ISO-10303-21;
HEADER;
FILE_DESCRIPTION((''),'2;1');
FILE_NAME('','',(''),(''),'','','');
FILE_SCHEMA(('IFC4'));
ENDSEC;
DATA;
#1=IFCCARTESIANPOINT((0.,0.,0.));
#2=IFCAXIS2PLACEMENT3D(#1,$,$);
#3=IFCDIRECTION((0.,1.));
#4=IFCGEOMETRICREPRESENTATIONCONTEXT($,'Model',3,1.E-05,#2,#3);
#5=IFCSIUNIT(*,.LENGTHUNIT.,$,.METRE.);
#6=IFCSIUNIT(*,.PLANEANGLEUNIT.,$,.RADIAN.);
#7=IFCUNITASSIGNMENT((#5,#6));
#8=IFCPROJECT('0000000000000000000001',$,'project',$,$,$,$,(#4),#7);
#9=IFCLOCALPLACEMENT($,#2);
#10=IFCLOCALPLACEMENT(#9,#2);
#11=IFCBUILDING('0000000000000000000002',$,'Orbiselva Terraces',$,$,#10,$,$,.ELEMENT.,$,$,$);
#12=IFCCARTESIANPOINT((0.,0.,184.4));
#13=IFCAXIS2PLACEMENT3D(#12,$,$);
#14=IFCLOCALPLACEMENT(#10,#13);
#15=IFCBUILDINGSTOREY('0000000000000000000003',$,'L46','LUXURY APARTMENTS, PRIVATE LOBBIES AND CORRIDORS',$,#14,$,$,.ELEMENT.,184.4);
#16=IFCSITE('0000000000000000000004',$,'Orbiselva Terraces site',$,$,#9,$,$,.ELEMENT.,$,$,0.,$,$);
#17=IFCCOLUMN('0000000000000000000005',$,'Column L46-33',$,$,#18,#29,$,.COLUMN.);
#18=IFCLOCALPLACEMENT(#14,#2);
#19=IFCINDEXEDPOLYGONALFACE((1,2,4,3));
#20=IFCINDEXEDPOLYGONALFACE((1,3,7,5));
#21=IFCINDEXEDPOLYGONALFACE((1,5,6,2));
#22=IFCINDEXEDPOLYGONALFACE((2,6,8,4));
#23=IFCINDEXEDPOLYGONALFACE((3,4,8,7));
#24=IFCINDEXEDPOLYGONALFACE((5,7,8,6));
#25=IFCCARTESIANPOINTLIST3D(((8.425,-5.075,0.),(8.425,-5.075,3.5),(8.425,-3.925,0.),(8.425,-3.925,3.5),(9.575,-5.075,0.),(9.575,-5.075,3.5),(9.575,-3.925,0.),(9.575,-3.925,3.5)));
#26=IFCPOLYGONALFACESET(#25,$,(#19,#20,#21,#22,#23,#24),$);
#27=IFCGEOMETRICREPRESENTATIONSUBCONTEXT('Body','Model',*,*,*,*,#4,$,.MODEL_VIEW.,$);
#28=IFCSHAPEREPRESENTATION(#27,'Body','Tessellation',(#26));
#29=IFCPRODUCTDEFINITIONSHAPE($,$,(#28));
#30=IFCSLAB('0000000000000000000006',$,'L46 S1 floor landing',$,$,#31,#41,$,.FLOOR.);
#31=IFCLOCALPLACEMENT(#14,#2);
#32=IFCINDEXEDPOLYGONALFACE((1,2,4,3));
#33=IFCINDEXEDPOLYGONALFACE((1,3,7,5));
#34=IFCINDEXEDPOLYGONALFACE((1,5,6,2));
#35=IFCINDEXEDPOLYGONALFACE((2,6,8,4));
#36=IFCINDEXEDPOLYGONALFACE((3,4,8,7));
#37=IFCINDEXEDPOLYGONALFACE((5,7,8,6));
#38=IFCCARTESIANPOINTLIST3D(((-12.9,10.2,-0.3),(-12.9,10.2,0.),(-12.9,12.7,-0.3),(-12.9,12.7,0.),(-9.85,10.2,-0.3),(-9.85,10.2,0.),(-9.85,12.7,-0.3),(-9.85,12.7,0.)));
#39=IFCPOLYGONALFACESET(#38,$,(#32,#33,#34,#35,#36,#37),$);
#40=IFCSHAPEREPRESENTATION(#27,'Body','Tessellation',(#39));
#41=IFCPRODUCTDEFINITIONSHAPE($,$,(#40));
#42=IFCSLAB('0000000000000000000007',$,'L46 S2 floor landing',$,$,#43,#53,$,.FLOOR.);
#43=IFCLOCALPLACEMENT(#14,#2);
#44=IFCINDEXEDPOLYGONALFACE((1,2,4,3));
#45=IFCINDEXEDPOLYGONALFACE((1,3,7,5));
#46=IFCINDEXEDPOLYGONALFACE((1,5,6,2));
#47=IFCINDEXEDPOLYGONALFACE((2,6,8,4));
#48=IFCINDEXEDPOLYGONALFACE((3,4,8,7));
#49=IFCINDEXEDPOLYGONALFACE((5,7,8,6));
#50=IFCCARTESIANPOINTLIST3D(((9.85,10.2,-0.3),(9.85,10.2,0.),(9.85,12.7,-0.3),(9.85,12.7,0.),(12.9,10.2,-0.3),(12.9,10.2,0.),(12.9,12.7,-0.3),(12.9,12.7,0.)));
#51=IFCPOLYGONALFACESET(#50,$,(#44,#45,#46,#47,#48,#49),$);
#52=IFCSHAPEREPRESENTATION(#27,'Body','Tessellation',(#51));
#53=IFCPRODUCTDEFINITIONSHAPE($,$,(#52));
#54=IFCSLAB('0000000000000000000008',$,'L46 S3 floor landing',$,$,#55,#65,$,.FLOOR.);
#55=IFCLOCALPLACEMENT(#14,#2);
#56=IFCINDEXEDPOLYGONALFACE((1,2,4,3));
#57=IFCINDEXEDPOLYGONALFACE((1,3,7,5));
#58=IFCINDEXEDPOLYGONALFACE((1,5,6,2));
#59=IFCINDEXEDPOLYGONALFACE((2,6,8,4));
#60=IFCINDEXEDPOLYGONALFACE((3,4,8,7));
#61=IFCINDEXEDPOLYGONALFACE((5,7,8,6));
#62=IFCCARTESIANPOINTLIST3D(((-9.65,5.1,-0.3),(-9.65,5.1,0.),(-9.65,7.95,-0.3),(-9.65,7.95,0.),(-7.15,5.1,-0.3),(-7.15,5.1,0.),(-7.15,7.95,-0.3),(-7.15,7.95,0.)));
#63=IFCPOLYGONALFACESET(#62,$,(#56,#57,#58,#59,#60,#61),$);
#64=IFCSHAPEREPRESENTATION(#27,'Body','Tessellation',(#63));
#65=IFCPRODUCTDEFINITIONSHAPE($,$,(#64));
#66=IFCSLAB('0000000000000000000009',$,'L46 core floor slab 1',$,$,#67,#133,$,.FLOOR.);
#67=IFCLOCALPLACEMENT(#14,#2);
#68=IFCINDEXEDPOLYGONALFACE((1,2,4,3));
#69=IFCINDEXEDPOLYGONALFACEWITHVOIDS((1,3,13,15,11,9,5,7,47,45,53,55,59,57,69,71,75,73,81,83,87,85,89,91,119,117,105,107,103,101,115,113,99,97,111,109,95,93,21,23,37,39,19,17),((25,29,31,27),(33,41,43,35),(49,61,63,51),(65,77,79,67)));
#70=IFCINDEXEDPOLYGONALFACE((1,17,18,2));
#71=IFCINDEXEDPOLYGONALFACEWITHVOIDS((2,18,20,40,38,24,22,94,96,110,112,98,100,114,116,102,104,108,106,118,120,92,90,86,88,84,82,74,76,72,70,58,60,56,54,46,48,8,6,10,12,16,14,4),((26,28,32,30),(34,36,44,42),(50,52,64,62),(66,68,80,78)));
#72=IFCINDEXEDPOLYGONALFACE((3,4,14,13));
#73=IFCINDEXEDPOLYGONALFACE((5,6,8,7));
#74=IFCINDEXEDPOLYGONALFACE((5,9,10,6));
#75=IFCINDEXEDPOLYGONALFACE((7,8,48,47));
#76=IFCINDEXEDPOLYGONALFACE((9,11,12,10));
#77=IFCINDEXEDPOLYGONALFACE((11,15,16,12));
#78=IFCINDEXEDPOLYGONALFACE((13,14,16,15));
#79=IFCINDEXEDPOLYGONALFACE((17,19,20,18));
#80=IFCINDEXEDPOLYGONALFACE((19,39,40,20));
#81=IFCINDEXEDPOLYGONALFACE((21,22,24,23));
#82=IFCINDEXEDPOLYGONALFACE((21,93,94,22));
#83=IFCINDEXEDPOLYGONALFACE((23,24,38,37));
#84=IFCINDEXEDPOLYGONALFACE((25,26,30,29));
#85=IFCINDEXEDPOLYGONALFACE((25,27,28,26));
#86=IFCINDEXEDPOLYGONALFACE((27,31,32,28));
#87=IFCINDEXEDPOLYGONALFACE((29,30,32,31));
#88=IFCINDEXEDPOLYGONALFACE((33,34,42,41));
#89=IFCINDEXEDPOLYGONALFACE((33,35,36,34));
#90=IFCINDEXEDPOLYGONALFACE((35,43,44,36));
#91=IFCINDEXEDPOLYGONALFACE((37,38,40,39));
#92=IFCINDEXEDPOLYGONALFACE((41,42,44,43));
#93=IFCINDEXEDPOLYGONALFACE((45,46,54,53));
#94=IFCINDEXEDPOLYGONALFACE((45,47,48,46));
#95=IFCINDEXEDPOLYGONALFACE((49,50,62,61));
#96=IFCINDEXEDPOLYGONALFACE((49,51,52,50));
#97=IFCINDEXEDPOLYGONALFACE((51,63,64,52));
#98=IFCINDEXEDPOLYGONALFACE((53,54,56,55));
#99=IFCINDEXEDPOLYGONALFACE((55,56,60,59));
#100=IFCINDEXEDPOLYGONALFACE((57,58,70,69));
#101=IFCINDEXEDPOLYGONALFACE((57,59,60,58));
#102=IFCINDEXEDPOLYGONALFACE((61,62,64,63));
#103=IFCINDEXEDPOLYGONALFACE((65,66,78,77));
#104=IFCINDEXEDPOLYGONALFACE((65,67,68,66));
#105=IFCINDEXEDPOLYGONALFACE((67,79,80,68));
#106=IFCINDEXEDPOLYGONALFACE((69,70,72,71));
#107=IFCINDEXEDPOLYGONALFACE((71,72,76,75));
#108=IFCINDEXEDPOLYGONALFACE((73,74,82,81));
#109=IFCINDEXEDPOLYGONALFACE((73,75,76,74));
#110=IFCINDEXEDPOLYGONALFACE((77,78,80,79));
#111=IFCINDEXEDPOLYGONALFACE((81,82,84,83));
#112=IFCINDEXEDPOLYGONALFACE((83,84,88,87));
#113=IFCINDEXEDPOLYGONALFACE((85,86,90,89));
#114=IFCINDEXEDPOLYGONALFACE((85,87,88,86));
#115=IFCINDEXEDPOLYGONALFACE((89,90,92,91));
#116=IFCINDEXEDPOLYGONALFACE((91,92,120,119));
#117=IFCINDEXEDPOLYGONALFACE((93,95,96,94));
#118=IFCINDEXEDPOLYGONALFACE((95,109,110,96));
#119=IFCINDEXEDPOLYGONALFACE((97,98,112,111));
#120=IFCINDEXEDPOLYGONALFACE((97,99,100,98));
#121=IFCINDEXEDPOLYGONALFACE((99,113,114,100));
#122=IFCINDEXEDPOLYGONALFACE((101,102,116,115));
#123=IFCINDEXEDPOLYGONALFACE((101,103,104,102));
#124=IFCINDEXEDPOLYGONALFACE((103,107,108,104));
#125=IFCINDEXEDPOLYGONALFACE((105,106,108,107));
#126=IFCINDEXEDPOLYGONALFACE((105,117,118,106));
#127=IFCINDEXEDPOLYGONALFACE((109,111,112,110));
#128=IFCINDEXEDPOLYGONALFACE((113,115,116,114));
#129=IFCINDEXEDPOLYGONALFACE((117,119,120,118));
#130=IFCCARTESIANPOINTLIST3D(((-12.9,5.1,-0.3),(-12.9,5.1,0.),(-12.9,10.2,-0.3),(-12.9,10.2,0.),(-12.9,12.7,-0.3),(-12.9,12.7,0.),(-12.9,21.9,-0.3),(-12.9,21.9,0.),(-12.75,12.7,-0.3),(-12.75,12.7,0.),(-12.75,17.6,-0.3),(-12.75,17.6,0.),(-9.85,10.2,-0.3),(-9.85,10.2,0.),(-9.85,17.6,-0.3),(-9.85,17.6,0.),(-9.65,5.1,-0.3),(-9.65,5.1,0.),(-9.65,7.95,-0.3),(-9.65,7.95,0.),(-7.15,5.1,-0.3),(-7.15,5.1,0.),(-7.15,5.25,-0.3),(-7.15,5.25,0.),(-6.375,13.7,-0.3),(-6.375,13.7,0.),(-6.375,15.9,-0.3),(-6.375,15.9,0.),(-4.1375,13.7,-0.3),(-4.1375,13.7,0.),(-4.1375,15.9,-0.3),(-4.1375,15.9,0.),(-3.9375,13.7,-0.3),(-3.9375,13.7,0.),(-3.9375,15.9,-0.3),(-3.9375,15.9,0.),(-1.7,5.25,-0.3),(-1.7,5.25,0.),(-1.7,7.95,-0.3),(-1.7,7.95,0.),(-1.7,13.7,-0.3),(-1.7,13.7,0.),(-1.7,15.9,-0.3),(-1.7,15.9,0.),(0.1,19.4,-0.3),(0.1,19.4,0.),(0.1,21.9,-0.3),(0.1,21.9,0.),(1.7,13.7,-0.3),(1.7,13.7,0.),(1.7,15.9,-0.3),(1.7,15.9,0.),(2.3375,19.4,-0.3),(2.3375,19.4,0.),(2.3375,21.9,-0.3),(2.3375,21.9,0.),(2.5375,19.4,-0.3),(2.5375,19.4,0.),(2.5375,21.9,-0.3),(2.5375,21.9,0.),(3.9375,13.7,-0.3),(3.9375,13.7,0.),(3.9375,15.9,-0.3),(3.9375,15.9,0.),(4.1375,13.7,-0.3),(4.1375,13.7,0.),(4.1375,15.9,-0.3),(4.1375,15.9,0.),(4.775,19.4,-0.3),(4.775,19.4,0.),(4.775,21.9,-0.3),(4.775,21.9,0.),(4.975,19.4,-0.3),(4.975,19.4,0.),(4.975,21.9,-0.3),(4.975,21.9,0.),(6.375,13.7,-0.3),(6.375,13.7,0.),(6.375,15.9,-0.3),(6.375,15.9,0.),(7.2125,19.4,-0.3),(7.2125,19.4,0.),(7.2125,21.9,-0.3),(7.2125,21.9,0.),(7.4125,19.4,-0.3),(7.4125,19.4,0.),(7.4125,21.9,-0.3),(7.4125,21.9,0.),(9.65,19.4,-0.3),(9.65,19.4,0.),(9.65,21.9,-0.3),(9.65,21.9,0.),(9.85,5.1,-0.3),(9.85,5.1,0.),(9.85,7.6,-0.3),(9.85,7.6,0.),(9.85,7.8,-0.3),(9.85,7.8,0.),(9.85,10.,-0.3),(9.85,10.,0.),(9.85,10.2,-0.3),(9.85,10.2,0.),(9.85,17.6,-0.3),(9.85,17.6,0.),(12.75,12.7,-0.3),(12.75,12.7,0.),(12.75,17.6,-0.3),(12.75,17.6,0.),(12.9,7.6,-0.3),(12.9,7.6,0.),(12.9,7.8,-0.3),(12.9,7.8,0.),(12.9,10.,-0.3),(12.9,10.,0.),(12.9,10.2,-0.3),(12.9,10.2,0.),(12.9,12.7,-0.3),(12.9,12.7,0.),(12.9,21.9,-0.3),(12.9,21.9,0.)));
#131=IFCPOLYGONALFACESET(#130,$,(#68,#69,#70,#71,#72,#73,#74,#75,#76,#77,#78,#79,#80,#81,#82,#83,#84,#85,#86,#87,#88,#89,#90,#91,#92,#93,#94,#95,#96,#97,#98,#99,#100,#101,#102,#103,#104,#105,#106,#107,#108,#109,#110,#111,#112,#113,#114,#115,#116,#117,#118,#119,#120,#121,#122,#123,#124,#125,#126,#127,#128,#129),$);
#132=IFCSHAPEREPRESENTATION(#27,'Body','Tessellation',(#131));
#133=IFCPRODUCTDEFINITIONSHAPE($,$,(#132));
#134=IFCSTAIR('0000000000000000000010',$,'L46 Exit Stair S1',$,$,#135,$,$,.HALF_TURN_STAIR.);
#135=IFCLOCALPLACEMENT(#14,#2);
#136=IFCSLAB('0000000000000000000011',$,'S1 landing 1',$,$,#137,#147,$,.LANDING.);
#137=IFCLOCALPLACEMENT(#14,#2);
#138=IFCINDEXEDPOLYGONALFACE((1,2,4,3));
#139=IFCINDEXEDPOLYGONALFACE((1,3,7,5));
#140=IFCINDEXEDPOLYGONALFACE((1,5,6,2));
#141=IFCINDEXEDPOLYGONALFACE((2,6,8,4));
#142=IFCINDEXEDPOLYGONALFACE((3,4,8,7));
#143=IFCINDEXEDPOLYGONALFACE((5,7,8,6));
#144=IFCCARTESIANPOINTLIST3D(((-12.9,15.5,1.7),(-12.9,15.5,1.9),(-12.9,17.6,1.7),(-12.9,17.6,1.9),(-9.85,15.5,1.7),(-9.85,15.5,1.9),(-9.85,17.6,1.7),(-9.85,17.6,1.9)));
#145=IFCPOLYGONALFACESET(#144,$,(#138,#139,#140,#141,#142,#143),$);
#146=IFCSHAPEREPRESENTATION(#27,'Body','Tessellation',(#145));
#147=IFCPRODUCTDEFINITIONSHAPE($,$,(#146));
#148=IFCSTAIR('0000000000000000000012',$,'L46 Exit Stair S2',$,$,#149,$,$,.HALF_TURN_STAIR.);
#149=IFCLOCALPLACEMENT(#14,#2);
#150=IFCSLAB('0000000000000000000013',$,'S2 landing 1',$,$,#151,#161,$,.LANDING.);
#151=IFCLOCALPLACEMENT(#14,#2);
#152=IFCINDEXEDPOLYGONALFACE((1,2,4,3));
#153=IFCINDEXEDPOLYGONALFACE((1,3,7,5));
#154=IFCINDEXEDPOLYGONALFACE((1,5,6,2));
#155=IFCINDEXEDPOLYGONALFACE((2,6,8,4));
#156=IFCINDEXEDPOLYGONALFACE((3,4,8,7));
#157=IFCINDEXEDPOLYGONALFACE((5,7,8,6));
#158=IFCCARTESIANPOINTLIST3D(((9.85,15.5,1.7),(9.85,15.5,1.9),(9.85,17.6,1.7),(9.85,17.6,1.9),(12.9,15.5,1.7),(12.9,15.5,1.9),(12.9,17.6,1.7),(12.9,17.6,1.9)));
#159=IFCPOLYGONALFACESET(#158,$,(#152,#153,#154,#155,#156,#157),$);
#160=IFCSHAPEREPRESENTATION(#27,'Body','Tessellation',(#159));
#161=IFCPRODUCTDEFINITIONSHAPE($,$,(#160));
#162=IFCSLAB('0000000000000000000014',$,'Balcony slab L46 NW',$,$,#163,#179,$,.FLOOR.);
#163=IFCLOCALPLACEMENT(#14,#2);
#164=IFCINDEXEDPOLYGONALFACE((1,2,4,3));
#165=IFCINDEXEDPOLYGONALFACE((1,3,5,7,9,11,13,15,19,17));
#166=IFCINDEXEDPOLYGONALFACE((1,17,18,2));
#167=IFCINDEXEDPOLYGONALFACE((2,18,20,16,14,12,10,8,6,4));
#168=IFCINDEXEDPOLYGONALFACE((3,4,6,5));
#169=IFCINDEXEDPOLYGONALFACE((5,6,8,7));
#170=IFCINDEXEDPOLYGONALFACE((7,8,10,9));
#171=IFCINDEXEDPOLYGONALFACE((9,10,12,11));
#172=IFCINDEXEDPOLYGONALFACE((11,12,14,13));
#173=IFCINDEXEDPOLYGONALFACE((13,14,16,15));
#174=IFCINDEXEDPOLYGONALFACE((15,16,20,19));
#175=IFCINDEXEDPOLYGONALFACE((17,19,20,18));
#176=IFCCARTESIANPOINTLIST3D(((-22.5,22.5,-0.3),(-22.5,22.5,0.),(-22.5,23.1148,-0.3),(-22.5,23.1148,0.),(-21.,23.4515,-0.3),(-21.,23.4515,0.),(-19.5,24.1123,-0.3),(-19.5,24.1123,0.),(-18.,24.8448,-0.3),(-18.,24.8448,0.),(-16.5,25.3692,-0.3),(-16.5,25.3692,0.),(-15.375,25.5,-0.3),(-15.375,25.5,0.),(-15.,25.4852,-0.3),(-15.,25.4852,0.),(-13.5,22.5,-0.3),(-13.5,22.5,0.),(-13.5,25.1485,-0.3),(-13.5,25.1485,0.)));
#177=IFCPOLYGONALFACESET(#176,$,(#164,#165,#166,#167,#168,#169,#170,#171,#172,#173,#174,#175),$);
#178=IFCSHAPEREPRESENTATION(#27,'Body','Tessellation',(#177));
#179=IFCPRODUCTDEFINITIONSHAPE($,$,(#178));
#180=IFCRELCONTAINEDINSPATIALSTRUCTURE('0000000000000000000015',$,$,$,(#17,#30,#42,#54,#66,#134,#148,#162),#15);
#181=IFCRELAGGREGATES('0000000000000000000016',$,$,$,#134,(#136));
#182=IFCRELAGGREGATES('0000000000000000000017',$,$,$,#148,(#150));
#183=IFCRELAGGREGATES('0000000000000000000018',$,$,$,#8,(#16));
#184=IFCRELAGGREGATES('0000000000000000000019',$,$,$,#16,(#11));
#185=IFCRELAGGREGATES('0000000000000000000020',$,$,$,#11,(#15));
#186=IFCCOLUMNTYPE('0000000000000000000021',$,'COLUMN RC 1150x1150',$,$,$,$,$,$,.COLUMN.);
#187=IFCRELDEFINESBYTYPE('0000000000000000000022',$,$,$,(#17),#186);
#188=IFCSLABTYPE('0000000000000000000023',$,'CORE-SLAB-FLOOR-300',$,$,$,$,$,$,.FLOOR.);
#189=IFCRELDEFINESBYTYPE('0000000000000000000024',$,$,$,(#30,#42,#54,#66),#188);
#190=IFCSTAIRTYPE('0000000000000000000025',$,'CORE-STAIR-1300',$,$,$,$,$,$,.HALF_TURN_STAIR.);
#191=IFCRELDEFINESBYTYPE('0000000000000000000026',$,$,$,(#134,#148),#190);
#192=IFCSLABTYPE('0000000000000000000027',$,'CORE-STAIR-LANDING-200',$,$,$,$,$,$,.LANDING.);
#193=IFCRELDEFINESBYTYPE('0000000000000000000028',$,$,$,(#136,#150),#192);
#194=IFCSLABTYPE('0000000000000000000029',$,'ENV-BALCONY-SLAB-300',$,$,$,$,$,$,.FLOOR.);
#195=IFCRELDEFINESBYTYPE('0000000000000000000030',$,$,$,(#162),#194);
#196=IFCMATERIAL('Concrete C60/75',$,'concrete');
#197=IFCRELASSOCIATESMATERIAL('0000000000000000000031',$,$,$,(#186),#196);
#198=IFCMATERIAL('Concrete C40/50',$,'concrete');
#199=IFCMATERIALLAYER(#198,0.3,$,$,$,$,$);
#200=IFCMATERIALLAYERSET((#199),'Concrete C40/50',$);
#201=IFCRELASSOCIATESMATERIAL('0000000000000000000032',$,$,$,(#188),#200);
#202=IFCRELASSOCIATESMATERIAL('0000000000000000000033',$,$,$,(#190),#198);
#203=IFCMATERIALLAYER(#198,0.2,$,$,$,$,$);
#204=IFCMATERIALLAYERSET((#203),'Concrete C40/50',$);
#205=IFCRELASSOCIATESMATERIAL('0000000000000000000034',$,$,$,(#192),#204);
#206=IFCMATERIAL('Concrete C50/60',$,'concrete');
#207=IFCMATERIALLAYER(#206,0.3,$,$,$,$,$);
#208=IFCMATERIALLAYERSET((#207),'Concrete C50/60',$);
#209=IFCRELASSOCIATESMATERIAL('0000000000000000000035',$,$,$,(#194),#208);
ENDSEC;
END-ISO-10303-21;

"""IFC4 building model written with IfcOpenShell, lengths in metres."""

from ifc_helpers import new_model, si_unit, direction, frame, origin, origin_2d, place, context, subcontext, project, spatial, polyline, rectangle, outline, extrude, material, layer, layer_set, material_profile, profile_set, type_object, element, aggregate, save


model = new_model("IFC4")

# Units and contexts
model_context = context("Model", 3, precision=1e-05, world=origin(), true_north=direction((0.0, 1.0)))
body_context = subcontext(model_context, "Body", "Model", "MODEL_VIEW")
ifc_project = project(units=[si_unit("LENGTHUNIT", "METRE"), si_unit("PLANEANGLEUNIT", "RADIAN")], contexts=[model_context])

# Site, building, storey
site_placement = place(None, origin())
site = spatial("IfcSite", under=ifc_project, at=site_placement, Name="Orbiselva Terraces site", CompositionType="ELEMENT", RefElevation=0.0)
building_placement = place(site_placement, origin())
building = spatial("IfcBuilding", under=site, at=building_placement, Name="Orbiselva Terraces", CompositionType="ELEMENT")
storey_placement = place(building_placement, frame((0.0, 0.0, 184.4)))
storey = spatial("IfcBuildingStorey", under=building, at=storey_placement, Name="L46", Description="LUXURY APARTMENTS, PRIVATE LOBBIES AND CORRIDORS", CompositionType="ELEMENT", Elevation=184.4)

# Column
ifc_material_1 = material(Name="Concrete C60/75", Category="concrete")
ifc_material_profile = material_profile(ifc_material_1, rectangle(XDim=1.15, YDim=1.15, at=origin_2d()), Name="RC 1150x1150")
ifc_profile_set = profile_set([ifc_material_profile], Name="Concrete C60/75")
column_type = type_object("IfcColumnType", Name="COLUMN RC 1150x1150", PredefinedType="COLUMN", material=ifc_profile_set)
column_placement = place(storey_placement, frame((9.0, -4.5, 0.0), z_axis=(0.0, 0.0, 1.0), x_axis=(1.0, 0.0, 0.0)))
element("IfcColumn", 1, at=column_placement, inside=storey, type_object=column_type, Name="Column L46-33", PredefinedType="COLUMN", context=body_context, shape_type="SweptSolid", body=[
    extrude(rectangle(XDim=1.15, YDim=1.15, at=origin_2d()), origin(), (0.0, 0.0, 1.0), 3.5),
])

# Slabs
ifc_material_2 = material(Name="Concrete C40/50", Category="concrete")
ifc_layer_1 = layer(ifc_material_2, 0.3)
ifc_layer_set_1 = layer_set([ifc_layer_1], Name="Concrete C40/50")
slab_type_1 = type_object("IfcSlabType", Name="CORE-SLAB-FLOOR-300", PredefinedType="FLOOR", material=ifc_layer_set_1)
slab_1_placement = place(storey_placement, frame((0.0, 0.0, -0.3)))
element("IfcSlab", 2, at=slab_1_placement, inside=storey, type_object=slab_type_1, Name="L46 S1 floor landing", PredefinedType="FLOOR", context=body_context, shape_type="SweptSolid", body=[
    extrude(outline(polyline([(-12.9, 12.7), (-9.85, 12.7), (-9.85, 10.2), (-12.9, 10.2), (-12.9, 12.7)])), origin(), (0.0, 0.0, 1.0), 0.3),
])
slab_2_placement = place(storey_placement, frame((0.0, 0.0, -0.3)))
element("IfcSlab", 3, at=slab_2_placement, inside=storey, type_object=slab_type_1, Name="L46 S2 floor landing", PredefinedType="FLOOR", context=body_context, shape_type="SweptSolid", body=[
    extrude(outline(polyline([(12.9, 10.2), (9.85, 10.2), (9.85, 12.7), (12.9, 12.7), (12.9, 10.2)])), origin(), (0.0, 0.0, 1.0), 0.3),
])
slab_3_placement = place(storey_placement, frame((0.0, 0.0, -0.3)))
element("IfcSlab", 4, at=slab_3_placement, inside=storey, type_object=slab_type_1, Name="L46 S3 floor landing", PredefinedType="FLOOR", context=body_context, shape_type="SweptSolid", body=[
    extrude(outline(polyline([(-9.65, 5.1), (-9.65, 7.95), (-7.15, 7.95), (-7.15, 5.1), (-9.65, 5.1)])), origin(), (0.0, 0.0, 1.0), 0.3),
])
slab_4_placement = place(storey_placement, frame((0.0, 0.0, -0.3)))
element("IfcSlab", 5, at=slab_4_placement, inside=storey, type_object=slab_type_1, Name="L46 core floor slab 1", PredefinedType="FLOOR", context=body_context, shape_type="SweptSolid", body=[
    extrude(outline(polyline([(-7.15, 5.1), (-7.15, 5.25), (-1.7, 5.25), (-1.7, 7.95), (-9.65, 7.95), (-9.65, 5.1), (-12.9, 5.1), (-12.9, 10.2), (-9.85, 10.2), (-9.85, 17.6), (-12.75, 17.6), (-12.75, 12.7), (-12.9, 12.7), (-12.9, 21.9), (0.1, 21.9), (0.1, 19.4), (2.3375, 19.4), (2.3375, 21.9), (2.5375, 21.9), (2.5375, 19.4), (4.775, 19.4), (4.775, 21.9), (4.975, 21.9), (4.975, 19.4), (7.2125, 19.4), (7.2125, 21.9), (7.4125, 21.9), (7.4125, 19.4), (9.65, 19.4), (9.65, 21.9), (12.9, 21.9), (12.9, 12.7), (12.75, 12.7), (12.75, 17.6), (9.85, 17.6), (9.85, 10.2), (12.9, 10.2), (12.9, 10.0), (9.85, 10.0), (9.85, 7.8), (12.9, 7.8), (12.9, 7.6), (9.85, 7.6), (9.85, 5.1), (-7.15, 5.1)]), holes=[polyline([(-4.1375, 13.7), (-4.1375, 15.9), (-6.375, 15.9), (-6.375, 13.7), (-4.1375, 13.7)]), polyline([(-1.7, 13.7), (-1.7, 15.9), (-3.9375, 15.9), (-3.9375, 13.7), (-1.7, 13.7)]), polyline([(3.9375, 15.9), (1.7, 15.9), (1.7, 13.7), (3.9375, 13.7), (3.9375, 15.9)]), polyline([(6.375, 13.7), (6.375, 15.9), (4.1375, 15.9), (4.1375, 13.7), (6.375, 13.7)])]), origin(), (0.0, 0.0, 1.0), 0.3),
])

# Stairs, slabs
stair_type = type_object("IfcStairType", Name="CORE-STAIR-1300", PredefinedType="HALF_TURN_STAIR", material=ifc_material_2)
stair_1_placement = place(storey_placement, origin())
stair_1 = element("IfcStair", 6, at=stair_1_placement, inside=storey, type_object=stair_type, Name="L46 Exit Stair S1", PredefinedType="HALF_TURN_STAIR")
ifc_layer_2 = layer(ifc_material_2, 0.2)
ifc_layer_set_2 = layer_set([ifc_layer_2], Name="Concrete C40/50")
slab_type_2 = type_object("IfcSlabType", Name="CORE-STAIR-LANDING-200", PredefinedType="LANDING", material=ifc_layer_set_2)
slab_5_placement = place(storey_placement, frame((0.0, 0.0, 1.7)))
slab_5 = element("IfcSlab", 7, at=slab_5_placement, type_object=slab_type_2, Name="S1 landing 1", PredefinedType="LANDING", context=body_context, shape_type="SweptSolid", body=[
    extrude(outline(polyline([(-9.85, 15.5), (-9.85, 17.6), (-12.9, 17.6), (-12.9, 15.5), (-9.85, 15.5)])), origin(), (0.0, 0.0, 1.0), 0.2),
])
aggregate(stair_1, [slab_5])
stair_2_placement = place(storey_placement, origin())
stair_2 = element("IfcStair", 8, at=stair_2_placement, inside=storey, type_object=stair_type, Name="L46 Exit Stair S2", PredefinedType="HALF_TURN_STAIR")
slab_6_placement = place(storey_placement, frame((0.0, 0.0, 1.7)))
slab_6 = element("IfcSlab", 9, at=slab_6_placement, type_object=slab_type_2, Name="S2 landing 1", PredefinedType="LANDING", context=body_context, shape_type="SweptSolid", body=[
    extrude(outline(polyline([(12.9, 15.5), (12.9, 17.6), (9.85, 17.6), (9.85, 15.5), (12.9, 15.5)])), origin(), (0.0, 0.0, 1.0), 0.2),
])
aggregate(stair_2, [slab_6])

# Slab
ifc_material_3 = material(Name="Concrete C50/60", Category="concrete")
ifc_layer_3 = layer(ifc_material_3, 0.3)
ifc_layer_set_3 = layer_set([ifc_layer_3], Name="Concrete C50/60")
slab_type_3 = type_object("IfcSlabType", Name="ENV-BALCONY-SLAB-300", PredefinedType="FLOOR", material=ifc_layer_set_3)
slab_7_placement = place(storey_placement, frame((0.0, 0.0, -0.3)))
element("IfcSlab", 10, at=slab_7_placement, inside=storey, type_object=slab_type_3, Name="Balcony slab L46 NW", PredefinedType="FLOOR", context=body_context, shape_type="SweptSolid", body=[
    extrude(outline(polyline([(-13.5, 25.1485), (-15.0, 25.4852), (-15.375, 25.5), (-16.5, 25.3692), (-18.0, 24.8448), (-19.5, 24.1123), (-21.0, 23.4515), (-22.5, 23.1148), (-22.5, 22.5), (-13.5, 22.5), (-13.5, 25.1485)])), origin(), (0.0, 0.0, 1.0), 0.3),
])

save(model, "model.ifc")
